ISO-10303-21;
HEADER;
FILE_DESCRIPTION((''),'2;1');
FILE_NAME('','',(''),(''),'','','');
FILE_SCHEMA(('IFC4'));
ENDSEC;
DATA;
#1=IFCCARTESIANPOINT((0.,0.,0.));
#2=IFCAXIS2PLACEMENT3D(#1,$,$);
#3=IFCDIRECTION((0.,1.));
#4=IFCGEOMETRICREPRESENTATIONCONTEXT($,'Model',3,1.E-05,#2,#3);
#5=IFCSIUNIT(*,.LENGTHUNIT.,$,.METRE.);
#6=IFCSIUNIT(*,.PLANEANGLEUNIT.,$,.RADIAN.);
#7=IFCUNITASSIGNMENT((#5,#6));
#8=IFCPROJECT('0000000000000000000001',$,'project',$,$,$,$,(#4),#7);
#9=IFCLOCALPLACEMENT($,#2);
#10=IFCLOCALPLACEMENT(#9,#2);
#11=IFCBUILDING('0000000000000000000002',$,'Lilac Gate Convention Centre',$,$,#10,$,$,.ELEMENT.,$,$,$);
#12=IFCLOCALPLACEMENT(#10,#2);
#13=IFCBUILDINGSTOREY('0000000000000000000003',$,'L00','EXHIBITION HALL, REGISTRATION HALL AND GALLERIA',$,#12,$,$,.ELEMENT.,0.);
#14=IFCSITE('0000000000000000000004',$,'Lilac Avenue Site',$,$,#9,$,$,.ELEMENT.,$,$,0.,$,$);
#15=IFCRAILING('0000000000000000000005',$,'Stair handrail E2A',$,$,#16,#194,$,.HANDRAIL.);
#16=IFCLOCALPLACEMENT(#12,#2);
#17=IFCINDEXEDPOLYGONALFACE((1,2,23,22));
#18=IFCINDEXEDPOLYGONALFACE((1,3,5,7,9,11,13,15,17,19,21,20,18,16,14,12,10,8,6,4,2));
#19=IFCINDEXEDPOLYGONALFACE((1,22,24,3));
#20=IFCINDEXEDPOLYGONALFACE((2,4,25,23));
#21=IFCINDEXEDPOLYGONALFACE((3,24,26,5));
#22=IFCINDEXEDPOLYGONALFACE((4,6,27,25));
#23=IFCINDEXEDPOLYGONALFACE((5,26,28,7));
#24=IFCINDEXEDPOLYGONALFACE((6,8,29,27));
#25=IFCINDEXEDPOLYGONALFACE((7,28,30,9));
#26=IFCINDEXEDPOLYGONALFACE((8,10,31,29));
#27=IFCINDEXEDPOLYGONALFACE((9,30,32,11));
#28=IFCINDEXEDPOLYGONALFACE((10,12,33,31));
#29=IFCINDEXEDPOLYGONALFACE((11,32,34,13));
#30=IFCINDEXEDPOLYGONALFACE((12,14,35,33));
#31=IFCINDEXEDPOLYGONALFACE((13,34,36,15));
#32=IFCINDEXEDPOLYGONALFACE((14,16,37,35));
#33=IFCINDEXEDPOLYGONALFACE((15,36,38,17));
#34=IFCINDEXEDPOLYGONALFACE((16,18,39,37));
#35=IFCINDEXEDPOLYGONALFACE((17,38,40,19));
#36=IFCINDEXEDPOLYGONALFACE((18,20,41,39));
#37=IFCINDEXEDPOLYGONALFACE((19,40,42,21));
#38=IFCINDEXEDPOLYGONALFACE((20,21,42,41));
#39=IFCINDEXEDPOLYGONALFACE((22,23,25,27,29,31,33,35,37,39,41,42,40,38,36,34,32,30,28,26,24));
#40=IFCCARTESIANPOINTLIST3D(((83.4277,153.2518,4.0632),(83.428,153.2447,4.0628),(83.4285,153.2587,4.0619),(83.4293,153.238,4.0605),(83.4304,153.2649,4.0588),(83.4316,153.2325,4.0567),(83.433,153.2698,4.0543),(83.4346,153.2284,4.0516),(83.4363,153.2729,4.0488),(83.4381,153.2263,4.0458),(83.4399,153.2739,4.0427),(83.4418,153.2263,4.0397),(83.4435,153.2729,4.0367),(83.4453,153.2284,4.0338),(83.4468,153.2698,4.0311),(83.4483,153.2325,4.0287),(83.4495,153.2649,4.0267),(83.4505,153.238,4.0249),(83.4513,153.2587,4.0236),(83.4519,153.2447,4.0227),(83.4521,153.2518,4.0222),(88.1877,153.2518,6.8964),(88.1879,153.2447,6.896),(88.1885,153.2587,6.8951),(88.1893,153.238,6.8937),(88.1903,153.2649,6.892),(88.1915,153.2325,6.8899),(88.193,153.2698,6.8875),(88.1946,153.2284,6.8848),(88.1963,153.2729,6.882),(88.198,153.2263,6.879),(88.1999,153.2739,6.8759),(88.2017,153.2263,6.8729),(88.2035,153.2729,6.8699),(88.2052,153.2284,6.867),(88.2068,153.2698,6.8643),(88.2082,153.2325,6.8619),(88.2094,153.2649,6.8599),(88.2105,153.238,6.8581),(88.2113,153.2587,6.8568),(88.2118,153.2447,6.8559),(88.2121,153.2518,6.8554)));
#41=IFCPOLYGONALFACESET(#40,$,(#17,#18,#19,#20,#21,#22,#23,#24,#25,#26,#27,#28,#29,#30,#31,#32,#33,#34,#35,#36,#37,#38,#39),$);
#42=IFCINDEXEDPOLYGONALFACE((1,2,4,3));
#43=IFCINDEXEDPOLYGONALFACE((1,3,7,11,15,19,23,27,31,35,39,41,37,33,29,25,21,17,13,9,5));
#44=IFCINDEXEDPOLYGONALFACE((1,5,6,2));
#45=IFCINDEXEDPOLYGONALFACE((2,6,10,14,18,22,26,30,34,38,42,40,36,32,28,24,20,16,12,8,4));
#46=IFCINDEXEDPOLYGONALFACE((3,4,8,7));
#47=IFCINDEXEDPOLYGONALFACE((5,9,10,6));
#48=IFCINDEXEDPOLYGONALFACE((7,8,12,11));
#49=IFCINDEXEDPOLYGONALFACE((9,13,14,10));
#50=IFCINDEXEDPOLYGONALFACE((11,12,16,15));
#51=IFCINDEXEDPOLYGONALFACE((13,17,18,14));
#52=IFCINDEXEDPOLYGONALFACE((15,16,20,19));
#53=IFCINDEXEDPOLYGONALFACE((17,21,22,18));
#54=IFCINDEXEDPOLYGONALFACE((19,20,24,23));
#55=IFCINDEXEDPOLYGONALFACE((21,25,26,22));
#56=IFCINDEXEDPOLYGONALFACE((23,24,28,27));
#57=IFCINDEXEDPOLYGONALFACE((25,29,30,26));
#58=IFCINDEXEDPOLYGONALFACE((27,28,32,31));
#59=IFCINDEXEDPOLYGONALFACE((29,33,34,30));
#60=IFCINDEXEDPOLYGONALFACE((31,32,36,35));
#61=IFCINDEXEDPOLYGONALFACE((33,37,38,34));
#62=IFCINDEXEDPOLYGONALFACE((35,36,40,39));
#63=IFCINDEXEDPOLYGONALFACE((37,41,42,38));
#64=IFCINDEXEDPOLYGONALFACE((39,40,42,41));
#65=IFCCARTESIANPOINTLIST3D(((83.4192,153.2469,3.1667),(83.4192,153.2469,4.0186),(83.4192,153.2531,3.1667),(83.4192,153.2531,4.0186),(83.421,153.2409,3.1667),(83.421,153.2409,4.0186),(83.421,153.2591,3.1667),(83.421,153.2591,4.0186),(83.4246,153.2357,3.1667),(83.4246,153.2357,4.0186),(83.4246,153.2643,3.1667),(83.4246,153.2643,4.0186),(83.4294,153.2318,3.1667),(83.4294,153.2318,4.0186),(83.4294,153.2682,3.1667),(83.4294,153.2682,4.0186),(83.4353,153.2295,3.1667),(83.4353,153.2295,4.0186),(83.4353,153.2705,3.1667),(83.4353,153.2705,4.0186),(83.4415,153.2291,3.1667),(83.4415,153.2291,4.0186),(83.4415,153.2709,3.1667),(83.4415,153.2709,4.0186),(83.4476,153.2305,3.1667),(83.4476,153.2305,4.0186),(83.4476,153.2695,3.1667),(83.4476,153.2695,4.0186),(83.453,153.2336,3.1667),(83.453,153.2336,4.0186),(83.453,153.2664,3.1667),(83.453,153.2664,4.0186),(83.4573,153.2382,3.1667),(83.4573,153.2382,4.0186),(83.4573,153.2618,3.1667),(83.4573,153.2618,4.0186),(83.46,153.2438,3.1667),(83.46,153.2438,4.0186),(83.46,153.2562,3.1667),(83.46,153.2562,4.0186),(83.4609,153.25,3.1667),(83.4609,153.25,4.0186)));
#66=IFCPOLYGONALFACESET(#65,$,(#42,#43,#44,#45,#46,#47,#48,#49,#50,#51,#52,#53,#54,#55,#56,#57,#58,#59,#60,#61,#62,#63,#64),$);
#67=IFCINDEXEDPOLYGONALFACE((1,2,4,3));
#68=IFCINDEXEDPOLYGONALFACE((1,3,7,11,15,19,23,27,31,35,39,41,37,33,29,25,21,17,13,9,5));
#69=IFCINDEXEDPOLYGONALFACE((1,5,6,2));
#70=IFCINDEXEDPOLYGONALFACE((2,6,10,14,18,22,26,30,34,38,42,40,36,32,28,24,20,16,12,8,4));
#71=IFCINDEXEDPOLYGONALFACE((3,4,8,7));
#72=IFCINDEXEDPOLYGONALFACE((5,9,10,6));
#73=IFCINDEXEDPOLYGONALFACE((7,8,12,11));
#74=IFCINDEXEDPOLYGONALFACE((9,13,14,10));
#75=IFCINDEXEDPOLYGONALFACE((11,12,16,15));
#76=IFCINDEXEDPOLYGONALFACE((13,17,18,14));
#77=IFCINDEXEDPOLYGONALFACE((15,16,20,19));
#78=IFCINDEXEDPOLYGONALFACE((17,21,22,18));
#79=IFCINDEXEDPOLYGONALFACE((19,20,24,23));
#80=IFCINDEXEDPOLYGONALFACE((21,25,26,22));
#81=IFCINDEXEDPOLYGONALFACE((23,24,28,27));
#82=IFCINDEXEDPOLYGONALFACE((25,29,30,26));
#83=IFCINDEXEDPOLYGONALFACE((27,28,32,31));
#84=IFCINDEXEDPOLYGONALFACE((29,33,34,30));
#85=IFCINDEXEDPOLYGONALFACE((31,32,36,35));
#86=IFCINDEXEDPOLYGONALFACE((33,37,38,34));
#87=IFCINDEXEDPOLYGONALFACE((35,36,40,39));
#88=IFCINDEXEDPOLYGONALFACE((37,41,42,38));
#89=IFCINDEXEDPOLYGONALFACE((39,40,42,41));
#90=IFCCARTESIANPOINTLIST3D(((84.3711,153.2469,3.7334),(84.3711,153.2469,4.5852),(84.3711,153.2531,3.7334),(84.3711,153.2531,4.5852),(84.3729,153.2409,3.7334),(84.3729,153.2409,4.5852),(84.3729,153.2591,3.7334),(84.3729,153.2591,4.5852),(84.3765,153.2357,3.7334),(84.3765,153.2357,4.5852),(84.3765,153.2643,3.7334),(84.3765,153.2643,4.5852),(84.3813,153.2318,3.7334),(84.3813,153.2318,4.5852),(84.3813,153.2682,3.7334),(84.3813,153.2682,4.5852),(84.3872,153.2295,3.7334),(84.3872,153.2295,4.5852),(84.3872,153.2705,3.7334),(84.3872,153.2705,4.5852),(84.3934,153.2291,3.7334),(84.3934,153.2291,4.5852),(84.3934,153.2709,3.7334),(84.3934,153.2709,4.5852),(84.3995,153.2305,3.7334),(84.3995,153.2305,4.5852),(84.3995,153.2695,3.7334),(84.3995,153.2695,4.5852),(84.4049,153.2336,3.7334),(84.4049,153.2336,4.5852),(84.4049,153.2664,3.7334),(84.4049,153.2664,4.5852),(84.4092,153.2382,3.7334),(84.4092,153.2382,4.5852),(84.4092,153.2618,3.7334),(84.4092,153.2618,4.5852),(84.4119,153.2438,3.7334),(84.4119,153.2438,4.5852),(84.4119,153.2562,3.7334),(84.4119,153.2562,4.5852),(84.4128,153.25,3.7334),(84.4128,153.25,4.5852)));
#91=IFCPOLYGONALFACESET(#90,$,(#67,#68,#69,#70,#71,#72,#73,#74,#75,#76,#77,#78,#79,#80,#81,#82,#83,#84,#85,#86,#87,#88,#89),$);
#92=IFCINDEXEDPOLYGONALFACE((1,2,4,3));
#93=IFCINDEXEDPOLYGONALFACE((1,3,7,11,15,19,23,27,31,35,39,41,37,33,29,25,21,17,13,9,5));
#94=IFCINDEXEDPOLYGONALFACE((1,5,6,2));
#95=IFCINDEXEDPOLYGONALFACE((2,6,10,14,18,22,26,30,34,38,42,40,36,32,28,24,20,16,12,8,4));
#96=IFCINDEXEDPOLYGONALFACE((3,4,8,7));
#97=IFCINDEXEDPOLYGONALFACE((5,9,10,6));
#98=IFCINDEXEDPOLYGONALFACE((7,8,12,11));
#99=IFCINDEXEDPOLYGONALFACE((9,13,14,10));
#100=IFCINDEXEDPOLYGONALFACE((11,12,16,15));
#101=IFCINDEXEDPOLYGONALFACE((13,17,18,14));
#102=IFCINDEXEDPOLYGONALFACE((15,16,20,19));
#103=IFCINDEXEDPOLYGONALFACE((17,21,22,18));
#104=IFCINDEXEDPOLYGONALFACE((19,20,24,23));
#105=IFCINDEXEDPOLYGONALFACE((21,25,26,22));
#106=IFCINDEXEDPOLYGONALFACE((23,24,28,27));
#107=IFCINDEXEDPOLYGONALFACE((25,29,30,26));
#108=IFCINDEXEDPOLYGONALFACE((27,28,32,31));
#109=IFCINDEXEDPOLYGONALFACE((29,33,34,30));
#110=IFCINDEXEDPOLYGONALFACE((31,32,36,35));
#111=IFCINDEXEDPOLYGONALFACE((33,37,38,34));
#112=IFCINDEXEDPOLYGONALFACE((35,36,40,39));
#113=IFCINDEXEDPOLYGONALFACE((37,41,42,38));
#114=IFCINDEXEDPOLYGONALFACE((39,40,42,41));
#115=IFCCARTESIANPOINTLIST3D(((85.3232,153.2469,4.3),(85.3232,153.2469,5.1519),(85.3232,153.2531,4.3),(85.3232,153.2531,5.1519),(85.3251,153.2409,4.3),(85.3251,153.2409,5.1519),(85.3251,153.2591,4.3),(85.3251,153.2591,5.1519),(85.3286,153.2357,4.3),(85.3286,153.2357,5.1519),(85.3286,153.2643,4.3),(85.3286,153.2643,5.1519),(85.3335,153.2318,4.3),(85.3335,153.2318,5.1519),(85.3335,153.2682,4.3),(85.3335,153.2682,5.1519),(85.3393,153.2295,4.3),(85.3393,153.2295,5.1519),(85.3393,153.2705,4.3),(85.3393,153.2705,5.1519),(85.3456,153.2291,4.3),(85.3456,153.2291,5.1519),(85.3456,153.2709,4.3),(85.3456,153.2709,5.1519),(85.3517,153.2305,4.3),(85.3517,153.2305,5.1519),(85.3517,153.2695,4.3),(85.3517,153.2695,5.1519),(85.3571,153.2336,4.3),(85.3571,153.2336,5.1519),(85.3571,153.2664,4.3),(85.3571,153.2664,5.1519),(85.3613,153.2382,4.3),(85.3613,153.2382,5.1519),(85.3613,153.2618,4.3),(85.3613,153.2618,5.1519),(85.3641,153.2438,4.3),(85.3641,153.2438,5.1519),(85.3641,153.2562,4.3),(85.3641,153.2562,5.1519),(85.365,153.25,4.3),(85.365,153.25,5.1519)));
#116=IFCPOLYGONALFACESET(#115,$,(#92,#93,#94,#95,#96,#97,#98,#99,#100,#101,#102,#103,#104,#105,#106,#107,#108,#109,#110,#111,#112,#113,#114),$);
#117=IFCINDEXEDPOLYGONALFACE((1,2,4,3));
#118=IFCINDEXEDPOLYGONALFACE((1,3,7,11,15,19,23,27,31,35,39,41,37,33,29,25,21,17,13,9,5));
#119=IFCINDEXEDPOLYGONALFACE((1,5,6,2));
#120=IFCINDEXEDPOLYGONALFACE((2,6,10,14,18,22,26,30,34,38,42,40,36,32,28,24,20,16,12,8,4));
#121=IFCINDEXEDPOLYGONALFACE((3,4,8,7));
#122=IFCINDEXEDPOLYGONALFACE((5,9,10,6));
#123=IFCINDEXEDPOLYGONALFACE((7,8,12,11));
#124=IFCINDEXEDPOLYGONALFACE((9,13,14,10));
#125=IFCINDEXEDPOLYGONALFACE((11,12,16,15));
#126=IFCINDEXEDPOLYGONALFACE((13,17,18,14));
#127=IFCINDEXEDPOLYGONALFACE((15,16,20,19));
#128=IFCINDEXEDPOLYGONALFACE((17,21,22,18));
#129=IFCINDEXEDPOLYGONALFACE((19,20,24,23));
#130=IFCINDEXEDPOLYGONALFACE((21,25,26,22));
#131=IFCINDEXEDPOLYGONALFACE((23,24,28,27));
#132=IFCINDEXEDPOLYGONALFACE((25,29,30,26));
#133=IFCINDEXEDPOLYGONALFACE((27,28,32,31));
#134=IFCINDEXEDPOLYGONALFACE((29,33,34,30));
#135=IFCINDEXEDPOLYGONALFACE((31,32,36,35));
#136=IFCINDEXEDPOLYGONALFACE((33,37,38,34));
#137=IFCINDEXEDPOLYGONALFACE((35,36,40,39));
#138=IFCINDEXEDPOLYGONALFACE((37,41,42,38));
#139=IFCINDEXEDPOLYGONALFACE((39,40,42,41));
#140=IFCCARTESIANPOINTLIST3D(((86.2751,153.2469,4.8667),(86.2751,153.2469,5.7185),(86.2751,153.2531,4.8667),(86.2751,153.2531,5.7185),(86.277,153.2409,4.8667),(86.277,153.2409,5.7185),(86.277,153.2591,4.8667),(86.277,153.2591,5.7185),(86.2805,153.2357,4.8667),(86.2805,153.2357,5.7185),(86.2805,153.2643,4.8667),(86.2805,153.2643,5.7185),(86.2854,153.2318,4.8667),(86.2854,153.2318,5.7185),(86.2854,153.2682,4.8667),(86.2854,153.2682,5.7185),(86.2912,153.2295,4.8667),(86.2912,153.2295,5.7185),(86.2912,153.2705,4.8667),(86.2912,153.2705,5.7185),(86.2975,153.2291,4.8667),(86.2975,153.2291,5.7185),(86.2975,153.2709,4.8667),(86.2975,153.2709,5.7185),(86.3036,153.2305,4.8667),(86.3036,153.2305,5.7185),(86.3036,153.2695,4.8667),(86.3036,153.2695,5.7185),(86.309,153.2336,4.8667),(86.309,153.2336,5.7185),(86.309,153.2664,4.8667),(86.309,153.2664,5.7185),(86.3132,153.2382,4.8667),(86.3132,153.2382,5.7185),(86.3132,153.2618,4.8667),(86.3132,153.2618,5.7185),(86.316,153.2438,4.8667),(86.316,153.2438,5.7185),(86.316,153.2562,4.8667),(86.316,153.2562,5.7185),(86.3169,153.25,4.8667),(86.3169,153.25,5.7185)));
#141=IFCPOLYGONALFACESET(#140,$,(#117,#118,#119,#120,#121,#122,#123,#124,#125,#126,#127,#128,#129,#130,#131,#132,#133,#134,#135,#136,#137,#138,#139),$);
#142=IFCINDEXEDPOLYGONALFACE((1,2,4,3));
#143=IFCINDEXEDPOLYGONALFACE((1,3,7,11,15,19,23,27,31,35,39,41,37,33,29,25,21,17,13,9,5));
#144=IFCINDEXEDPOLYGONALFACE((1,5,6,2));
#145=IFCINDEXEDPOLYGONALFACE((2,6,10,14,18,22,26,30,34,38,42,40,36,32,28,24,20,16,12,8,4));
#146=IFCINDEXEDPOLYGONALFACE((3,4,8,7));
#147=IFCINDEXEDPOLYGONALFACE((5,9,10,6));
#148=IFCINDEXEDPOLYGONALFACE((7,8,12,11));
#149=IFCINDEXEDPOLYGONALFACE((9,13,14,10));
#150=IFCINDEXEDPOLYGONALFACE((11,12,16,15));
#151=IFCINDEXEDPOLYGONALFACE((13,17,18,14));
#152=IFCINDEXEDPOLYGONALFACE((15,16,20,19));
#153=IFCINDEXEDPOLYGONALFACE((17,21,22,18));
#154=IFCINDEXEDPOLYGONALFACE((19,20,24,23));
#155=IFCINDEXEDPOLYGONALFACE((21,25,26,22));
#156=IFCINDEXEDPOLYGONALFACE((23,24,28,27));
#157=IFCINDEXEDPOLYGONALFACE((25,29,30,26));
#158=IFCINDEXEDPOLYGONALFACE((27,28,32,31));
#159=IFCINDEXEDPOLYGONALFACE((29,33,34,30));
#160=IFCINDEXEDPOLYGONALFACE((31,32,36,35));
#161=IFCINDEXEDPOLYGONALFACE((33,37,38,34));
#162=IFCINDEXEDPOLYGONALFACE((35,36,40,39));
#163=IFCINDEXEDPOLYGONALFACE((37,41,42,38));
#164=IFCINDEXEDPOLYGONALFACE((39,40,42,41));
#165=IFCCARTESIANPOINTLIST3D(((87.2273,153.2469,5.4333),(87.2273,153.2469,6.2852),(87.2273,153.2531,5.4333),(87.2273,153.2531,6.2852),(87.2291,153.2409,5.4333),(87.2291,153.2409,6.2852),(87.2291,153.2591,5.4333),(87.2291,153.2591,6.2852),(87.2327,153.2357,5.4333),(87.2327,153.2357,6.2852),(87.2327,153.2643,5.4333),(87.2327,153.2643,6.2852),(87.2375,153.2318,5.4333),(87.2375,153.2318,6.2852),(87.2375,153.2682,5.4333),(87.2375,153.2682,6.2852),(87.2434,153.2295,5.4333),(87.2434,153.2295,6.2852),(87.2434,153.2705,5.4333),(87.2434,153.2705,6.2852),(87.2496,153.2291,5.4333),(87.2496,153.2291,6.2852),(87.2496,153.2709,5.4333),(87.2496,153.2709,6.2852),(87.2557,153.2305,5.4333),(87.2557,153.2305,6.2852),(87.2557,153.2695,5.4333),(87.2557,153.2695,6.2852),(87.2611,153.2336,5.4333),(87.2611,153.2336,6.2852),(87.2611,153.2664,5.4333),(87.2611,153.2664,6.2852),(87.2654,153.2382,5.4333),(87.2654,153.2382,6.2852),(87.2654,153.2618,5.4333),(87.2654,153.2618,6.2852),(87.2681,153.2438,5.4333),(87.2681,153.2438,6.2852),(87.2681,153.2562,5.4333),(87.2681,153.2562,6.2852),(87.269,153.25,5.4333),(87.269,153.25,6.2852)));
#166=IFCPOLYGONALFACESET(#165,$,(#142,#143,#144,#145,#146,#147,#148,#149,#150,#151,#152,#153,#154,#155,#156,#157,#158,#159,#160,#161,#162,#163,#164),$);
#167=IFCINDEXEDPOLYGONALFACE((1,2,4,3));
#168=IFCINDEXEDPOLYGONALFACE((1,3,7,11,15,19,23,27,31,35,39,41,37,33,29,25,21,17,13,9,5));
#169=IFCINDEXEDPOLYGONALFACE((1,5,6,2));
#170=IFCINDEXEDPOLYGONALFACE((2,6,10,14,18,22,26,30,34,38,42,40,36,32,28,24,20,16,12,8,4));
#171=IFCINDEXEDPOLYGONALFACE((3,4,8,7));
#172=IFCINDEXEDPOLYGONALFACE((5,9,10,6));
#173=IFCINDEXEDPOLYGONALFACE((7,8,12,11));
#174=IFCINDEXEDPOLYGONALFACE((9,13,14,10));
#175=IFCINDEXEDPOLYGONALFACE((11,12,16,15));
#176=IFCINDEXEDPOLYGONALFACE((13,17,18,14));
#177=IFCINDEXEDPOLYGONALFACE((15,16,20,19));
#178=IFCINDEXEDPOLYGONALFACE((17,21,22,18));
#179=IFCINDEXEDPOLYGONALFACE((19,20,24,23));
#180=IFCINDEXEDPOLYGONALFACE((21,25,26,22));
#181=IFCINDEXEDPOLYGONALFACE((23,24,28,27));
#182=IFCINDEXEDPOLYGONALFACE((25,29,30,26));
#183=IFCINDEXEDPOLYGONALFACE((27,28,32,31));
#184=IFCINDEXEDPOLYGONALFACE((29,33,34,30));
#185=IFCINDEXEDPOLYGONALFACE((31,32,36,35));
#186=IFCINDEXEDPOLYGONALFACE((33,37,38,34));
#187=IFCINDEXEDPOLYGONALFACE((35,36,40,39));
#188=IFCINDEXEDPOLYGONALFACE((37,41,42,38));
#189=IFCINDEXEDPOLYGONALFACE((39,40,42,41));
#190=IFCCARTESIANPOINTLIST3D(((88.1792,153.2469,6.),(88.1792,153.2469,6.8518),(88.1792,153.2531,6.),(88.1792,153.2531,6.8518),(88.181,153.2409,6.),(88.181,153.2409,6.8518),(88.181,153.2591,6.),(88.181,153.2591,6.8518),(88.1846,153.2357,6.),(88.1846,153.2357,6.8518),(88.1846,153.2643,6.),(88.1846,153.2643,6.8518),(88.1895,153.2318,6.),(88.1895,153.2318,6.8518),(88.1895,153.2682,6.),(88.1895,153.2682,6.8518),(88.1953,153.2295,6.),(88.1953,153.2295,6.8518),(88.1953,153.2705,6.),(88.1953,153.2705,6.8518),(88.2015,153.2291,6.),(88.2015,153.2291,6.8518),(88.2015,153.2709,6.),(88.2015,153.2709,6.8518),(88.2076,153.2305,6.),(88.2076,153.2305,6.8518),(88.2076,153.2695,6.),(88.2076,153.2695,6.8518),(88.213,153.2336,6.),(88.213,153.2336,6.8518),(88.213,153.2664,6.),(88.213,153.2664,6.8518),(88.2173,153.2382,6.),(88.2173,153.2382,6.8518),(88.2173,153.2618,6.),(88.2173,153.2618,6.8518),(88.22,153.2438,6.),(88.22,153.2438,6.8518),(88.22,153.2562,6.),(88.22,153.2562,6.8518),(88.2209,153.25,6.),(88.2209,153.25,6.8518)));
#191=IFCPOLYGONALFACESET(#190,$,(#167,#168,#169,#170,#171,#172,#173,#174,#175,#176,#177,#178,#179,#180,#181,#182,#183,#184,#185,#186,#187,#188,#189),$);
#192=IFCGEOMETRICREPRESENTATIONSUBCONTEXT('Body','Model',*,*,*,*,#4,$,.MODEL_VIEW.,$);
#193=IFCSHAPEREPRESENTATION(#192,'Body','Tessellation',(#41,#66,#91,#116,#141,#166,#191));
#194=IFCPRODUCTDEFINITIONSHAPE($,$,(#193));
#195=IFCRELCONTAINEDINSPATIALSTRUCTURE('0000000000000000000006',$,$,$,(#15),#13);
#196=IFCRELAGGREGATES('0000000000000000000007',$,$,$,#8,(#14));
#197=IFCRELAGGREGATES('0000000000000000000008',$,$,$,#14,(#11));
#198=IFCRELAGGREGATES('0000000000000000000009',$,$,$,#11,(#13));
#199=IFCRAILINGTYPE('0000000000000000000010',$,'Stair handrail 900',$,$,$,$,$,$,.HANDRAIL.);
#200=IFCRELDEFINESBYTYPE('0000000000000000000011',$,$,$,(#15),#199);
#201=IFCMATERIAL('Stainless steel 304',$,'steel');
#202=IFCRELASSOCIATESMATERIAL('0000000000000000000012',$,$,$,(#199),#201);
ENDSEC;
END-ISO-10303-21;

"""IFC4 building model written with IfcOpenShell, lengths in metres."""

from ifc_helpers import new_model, si_unit, direction, frame, origin, origin_2d, place, context, subcontext, project, spatial, circle, extrude, material, type_object, element, save


model = new_model("IFC4")

# Units and contexts
model_context = context("Model", 3, precision=1e-05, world=origin(), true_north=direction((0.0, 1.0)))
body_context = subcontext(model_context, "Body", "Model", "MODEL_VIEW")
ifc_project = project(units=[si_unit("LENGTHUNIT", "METRE"), si_unit("PLANEANGLEUNIT", "RADIAN")], contexts=[model_context])

# Site, building, storey
site_placement = place(None, origin())
site = spatial("IfcSite", under=ifc_project, at=site_placement, Name="Lilac Avenue Site", CompositionType="ELEMENT", RefElevation=0.0)
building_placement = place(site_placement, origin())
building = spatial("IfcBuilding", under=site, at=building_placement, Name="Lilac Gate Convention Centre", CompositionType="ELEMENT")
storey_placement = place(building_placement, origin())
storey = spatial("IfcBuildingStorey", under=building, at=storey_placement, Name="L00", Description="EXHIBITION HALL, REGISTRATION HALL AND GALLERIA", CompositionType="ELEMENT", Elevation=0.0)

# Railing
ifc_material_1 = material(Name="Stainless steel 304", Category="steel")
railing_type = type_object("IfcRailingType", Name="Stair handrail 900", PredefinedType="HANDRAIL", material=ifc_material_1)
for number, where, name in (
    (1, (83.4399, 153.25, 3.1667), "Stair handrail E2A"),
):
    element("IfcRailing", number, at=place(storey_placement, frame(where)), inside=storey, type_object=railing_type, Name=name, PredefinedType="HANDRAIL", context=body_context, shape_type="SweptSolid", body=[
        extrude(circle(Radius=0.0239, at=origin_2d()), frame((0.0, 0.0, 0.876), z_axis=(0.8593, 0.0, 0.511472), x_axis=(0.0, 1.0, 0.0)), (0.0, 0.0, 1.0), 5.5393),
        extrude(circle(Radius=0.021, at=origin_2d()), origin(), (0.0, 0.0, 1.0), 0.8518),
        extrude(circle(Radius=0.021, at=origin_2d()), frame((0.9519, 0.0, 0.5667)), (0.0, 0.0, 1.0), 0.8518),
        extrude(circle(Radius=0.021, at=origin_2d()), frame((1.9041, 0.0, 1.1333)), (0.0, 0.0, 1.0), 0.8518),
        extrude(circle(Radius=0.021, at=origin_2d()), frame((2.856, 0.0, 1.7)), (0.0, 0.0, 1.0), 0.8518),
        extrude(circle(Radius=0.021, at=origin_2d()), frame((3.8081, 0.0, 2.2666)), (0.0, 0.0, 1.0), 0.8518),
        extrude(circle(Radius=0.021, at=origin_2d()), frame((4.76, 0.0, 2.8333)), (0.0, 0.0, 1.0), 0.8518),
    ])

save(model, "model.ifc")
